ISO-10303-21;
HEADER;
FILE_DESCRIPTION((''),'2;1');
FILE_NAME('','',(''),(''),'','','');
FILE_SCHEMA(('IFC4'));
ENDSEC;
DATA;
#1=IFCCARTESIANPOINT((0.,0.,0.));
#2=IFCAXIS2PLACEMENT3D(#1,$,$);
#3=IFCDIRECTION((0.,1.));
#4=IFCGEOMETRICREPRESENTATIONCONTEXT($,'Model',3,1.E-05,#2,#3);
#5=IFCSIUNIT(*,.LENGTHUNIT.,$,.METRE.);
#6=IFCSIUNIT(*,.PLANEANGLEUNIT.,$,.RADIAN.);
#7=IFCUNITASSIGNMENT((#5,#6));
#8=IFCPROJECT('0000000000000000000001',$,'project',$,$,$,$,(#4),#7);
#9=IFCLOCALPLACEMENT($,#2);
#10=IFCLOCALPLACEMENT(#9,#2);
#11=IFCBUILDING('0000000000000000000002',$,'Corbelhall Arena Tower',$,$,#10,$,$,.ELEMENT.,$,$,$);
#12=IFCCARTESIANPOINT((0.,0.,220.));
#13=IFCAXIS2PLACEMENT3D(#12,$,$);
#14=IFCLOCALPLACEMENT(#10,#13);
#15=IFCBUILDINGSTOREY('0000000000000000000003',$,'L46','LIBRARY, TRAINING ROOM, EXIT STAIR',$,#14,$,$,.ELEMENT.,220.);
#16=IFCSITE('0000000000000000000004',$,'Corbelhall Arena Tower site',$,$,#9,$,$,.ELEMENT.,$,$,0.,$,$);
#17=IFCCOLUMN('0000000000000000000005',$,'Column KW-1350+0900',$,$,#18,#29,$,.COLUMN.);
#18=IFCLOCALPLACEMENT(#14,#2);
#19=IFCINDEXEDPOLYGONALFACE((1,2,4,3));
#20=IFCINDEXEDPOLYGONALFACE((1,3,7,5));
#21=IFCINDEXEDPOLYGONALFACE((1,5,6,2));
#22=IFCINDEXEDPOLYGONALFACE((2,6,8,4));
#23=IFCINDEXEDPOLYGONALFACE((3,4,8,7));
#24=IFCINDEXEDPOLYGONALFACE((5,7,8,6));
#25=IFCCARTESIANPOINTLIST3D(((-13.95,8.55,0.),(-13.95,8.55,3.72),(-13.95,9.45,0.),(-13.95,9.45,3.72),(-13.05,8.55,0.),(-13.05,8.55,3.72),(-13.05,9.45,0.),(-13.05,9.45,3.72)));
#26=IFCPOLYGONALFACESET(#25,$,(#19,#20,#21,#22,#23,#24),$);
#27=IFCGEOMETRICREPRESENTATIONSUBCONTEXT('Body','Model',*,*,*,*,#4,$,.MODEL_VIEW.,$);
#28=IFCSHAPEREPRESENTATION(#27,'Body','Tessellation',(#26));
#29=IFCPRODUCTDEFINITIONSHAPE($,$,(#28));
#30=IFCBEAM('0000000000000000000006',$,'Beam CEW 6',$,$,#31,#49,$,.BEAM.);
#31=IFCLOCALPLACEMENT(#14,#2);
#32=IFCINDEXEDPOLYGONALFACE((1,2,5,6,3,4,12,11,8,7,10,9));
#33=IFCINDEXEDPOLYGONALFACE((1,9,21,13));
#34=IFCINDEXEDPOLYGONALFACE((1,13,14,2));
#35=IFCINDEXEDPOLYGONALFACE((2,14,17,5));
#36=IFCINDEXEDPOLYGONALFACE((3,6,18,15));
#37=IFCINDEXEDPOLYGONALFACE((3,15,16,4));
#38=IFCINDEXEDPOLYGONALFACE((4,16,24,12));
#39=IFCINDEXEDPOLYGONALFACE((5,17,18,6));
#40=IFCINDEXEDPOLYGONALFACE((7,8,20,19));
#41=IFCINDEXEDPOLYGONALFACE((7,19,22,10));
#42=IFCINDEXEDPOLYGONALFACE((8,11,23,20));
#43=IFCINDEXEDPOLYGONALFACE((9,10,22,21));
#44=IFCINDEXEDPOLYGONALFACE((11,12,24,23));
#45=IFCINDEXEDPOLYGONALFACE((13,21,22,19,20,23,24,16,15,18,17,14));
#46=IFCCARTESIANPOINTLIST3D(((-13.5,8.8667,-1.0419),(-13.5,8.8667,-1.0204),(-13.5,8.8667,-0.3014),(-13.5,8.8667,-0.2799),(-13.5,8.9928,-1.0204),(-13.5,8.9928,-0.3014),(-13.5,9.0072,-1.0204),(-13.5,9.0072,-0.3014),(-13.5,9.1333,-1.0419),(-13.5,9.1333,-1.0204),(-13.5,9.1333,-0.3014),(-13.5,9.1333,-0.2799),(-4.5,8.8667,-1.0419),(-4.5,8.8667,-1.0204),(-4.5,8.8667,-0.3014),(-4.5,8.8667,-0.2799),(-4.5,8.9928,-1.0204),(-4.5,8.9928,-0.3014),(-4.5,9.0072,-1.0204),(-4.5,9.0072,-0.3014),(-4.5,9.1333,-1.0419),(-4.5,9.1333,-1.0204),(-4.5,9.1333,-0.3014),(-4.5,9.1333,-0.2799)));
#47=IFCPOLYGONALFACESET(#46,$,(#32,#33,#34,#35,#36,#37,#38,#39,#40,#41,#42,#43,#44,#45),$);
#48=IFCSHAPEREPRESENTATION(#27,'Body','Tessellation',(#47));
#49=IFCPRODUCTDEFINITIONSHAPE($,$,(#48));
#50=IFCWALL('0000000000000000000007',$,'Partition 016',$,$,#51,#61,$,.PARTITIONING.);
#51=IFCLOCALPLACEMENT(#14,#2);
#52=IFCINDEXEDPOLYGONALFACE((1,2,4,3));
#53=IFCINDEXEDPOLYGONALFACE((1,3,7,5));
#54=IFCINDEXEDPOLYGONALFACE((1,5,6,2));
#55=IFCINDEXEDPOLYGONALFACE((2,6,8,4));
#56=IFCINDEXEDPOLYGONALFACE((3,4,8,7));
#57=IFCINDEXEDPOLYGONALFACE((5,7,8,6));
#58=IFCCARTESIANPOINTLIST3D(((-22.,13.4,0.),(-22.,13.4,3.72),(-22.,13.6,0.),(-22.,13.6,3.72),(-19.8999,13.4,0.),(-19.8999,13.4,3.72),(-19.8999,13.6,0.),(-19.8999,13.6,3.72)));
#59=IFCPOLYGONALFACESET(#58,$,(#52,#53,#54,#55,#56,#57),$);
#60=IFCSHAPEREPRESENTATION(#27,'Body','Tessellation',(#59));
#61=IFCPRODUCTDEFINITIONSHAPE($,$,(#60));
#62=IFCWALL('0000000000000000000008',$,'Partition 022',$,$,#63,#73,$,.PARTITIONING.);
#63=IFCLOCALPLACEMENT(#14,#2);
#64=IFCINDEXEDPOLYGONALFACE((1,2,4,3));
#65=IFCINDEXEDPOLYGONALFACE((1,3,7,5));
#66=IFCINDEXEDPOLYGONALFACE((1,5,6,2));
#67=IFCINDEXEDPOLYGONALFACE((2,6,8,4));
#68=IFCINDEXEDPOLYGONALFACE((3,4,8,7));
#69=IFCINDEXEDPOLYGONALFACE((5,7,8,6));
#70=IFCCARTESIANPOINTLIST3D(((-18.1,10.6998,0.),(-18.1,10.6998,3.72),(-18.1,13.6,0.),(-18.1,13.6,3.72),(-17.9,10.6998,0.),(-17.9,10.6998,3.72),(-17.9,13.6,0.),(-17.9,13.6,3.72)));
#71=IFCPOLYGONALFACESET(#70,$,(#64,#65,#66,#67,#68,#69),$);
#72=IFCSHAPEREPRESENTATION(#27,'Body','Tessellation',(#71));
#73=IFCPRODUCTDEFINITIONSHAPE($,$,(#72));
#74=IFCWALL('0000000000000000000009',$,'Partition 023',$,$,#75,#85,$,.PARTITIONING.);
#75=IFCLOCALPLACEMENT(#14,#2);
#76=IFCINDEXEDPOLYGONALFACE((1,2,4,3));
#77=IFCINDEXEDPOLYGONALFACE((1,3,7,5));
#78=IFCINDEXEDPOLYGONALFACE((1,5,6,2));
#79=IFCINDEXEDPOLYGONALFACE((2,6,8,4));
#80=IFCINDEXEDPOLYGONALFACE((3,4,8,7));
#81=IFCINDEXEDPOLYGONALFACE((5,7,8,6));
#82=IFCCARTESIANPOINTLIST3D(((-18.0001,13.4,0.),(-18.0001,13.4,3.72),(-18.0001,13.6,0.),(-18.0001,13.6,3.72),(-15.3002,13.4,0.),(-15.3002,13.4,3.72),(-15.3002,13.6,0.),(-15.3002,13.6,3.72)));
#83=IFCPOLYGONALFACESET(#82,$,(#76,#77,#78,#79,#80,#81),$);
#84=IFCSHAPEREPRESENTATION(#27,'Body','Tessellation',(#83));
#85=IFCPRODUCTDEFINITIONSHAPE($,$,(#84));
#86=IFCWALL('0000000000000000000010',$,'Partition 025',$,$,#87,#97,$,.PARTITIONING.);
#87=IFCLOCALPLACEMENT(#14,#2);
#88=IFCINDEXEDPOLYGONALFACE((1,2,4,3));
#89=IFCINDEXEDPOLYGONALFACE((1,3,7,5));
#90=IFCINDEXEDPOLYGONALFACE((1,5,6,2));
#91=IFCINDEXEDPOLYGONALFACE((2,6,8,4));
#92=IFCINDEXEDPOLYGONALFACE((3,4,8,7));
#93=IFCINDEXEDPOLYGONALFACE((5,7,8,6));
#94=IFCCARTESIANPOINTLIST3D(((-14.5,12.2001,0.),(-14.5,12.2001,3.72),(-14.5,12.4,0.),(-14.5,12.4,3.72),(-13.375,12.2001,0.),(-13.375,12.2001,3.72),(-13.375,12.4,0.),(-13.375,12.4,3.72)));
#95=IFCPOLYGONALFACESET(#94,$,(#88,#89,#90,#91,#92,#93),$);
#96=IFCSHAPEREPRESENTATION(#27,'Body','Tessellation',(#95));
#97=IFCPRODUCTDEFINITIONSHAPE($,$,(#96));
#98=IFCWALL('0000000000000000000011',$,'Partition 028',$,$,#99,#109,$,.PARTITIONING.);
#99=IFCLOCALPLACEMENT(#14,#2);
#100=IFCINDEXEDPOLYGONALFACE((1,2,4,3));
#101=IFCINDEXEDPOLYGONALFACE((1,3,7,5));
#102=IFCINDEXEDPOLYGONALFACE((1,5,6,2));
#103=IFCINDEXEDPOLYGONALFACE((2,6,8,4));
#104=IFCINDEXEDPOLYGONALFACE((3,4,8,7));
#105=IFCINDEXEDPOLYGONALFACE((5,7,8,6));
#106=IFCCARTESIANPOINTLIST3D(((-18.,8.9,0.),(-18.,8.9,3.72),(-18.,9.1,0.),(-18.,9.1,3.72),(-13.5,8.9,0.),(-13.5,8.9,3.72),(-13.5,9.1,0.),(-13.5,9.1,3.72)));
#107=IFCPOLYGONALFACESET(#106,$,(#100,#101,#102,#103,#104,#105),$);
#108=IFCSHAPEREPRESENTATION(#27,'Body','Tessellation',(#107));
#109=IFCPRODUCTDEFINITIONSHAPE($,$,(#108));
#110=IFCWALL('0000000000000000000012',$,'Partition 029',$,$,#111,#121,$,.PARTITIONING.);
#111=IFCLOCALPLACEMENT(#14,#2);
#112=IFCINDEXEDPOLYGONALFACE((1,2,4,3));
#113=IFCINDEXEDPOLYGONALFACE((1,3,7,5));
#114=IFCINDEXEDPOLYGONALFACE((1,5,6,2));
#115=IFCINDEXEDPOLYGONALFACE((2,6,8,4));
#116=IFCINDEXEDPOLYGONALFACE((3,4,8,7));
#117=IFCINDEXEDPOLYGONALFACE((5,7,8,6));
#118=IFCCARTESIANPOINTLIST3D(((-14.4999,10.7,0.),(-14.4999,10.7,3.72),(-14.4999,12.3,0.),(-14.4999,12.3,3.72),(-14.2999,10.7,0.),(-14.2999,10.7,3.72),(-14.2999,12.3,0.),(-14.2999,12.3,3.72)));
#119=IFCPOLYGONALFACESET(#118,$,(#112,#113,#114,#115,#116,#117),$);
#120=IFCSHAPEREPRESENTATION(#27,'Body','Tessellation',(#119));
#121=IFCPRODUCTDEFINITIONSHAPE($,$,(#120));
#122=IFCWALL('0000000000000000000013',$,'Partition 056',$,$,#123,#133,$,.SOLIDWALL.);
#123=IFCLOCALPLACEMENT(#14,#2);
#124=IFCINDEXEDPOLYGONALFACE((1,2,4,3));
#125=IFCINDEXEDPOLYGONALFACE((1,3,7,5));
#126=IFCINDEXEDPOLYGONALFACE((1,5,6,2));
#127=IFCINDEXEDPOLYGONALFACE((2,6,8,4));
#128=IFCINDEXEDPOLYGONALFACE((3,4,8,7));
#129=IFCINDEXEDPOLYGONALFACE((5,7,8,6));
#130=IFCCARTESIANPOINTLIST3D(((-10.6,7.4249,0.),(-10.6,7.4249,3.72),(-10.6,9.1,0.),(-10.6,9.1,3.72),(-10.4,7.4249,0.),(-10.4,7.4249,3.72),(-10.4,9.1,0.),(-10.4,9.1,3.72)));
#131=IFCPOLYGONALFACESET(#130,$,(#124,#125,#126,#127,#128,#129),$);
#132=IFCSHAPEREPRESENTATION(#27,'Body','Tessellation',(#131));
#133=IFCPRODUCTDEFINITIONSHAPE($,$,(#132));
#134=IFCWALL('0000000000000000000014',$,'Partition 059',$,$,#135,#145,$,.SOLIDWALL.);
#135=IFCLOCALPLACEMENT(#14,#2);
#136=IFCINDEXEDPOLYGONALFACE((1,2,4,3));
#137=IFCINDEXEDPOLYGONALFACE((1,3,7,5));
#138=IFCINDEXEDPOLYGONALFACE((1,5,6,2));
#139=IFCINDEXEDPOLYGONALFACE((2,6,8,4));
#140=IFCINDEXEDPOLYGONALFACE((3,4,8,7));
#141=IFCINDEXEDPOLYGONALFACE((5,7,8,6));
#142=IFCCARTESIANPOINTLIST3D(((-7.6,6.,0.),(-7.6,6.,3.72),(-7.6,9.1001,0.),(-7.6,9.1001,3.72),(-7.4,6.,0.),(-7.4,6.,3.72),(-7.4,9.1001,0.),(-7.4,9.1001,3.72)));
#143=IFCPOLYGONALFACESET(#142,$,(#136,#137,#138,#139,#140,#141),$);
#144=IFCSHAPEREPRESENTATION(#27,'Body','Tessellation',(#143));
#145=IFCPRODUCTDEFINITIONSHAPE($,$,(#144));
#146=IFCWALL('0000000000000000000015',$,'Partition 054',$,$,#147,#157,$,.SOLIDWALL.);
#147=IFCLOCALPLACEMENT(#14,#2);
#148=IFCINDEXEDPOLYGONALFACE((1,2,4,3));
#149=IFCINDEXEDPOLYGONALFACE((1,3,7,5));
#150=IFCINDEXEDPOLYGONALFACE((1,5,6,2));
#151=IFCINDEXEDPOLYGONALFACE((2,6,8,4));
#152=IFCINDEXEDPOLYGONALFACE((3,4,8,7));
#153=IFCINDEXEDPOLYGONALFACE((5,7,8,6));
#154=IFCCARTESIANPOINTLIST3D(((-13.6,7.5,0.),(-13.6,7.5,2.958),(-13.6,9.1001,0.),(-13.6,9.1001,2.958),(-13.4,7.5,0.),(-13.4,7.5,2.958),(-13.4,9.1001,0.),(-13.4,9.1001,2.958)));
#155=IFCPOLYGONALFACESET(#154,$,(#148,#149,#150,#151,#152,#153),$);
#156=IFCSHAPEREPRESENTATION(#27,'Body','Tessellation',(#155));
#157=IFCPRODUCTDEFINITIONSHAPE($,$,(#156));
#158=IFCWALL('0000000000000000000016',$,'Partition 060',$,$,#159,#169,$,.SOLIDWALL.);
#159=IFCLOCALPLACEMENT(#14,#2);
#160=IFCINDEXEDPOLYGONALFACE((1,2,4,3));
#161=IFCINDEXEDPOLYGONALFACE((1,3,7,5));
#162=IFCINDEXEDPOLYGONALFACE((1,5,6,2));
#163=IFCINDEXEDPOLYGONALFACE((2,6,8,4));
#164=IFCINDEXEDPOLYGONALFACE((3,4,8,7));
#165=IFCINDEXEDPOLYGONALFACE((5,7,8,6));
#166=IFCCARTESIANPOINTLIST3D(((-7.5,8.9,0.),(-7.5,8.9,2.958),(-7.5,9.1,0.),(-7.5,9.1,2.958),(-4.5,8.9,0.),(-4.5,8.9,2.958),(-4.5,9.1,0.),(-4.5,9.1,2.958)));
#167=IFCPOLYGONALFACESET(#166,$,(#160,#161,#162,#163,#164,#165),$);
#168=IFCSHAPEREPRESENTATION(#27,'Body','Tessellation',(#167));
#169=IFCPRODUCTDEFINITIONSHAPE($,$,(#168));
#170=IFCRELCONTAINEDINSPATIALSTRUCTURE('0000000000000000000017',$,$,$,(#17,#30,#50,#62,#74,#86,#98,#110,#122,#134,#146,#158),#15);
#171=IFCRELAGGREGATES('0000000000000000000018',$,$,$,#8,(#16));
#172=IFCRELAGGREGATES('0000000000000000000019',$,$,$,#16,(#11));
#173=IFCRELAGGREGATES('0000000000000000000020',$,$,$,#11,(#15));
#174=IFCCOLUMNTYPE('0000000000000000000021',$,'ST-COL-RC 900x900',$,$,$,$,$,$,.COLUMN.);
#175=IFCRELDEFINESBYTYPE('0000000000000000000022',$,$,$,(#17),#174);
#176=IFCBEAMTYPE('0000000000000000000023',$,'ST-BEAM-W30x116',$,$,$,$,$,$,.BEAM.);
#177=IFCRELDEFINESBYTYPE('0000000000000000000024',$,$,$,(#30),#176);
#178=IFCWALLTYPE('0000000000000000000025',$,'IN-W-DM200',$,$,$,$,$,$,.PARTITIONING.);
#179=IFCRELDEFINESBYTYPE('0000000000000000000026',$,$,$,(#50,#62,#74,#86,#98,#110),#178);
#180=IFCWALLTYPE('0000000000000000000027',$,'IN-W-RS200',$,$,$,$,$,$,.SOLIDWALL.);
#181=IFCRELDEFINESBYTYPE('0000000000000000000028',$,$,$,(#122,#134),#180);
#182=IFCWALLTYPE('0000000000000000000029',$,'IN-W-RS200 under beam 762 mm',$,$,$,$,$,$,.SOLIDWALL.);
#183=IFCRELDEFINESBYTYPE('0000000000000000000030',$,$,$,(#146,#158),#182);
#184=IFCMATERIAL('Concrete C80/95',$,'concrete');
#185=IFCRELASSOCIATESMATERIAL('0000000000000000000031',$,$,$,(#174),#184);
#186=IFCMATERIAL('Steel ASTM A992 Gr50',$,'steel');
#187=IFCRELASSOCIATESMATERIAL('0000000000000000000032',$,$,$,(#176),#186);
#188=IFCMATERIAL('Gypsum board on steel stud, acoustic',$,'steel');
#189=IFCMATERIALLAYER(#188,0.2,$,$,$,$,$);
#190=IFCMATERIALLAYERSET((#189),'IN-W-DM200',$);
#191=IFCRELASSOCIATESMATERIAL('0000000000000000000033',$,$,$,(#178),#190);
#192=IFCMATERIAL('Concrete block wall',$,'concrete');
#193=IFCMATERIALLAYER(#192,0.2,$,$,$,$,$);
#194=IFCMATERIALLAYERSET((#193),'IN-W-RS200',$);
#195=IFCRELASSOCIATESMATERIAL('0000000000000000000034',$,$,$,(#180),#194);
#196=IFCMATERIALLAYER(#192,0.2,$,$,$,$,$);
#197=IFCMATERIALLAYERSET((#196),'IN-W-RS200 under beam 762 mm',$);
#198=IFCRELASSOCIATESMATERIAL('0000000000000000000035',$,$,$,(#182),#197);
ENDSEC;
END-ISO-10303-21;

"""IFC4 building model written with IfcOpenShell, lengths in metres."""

from ifc_helpers import new_model, si_unit, direction, frame, frame_2d, origin, origin_2d, place, context, subcontext, project, spatial, rectangle, i_section, extrude, material, layer, layer_set, material_profile, profile_set, type_object, element, save


model = new_model("IFC4")

# Units and contexts
model_context = context("Model", 3, precision=1e-05, world=origin(), true_north=direction((0.0, 1.0)))
body_context = subcontext(model_context, "Body", "Model", "MODEL_VIEW")
ifc_project = project(units=[si_unit("LENGTHUNIT", "METRE"), si_unit("PLANEANGLEUNIT", "RADIAN")], contexts=[model_context])

# Site, building, storey
site_placement = place(None, origin())
site = spatial("IfcSite", under=ifc_project, at=site_placement, Name="Corbelhall Arena Tower site", CompositionType="ELEMENT", RefElevation=0.0)
building_placement = place(site_placement, origin())
building = spatial("IfcBuilding", under=site, at=building_placement, Name="Corbelhall Arena Tower", CompositionType="ELEMENT")
storey_placement = place(building_placement, frame((0.0, 0.0, 220.0)))
storey = spatial("IfcBuildingStorey", under=building, at=storey_placement, Name="L46", Description="LIBRARY, TRAINING ROOM, EXIT STAIR", CompositionType="ELEMENT", Elevation=220.0)

# Column
ifc_material_1 = material(Name="Concrete C80/95", Category="concrete")
ifc_material_profile_1 = material_profile(ifc_material_1, rectangle(XDim=0.8999, YDim=0.8999, at=origin_2d()))
ifc_profile_set_1 = profile_set([ifc_material_profile_1], Name="Concrete C80/95")
column_type = type_object("IfcColumnType", Name="ST-COL-RC 900x900", PredefinedType="COLUMN", material=ifc_profile_set_1)
column_placement = place(storey_placement, frame((-13.5, 9.0, 0.0), z_axis=(0.0, 0.0, 1.0), x_axis=(1.0, 0.0, 0.0)))
element("IfcColumn", 1, at=column_placement, inside=storey, type_object=column_type, Name="Column KW-1350+0900", PredefinedType="COLUMN", context=body_context, shape_type="SweptSolid", body=[
    extrude(rectangle(XDim=0.8999, YDim=0.8999, at=origin_2d()), origin(), (0.0, 0.0, 1.0), 3.72),
])

# Beam
ifc_material_2 = material(Name="Steel ASTM A992 Gr50", Category="steel")
ifc_material_profile_2 = material_profile(ifc_material_2, i_section(OverallWidth=0.2666, OverallDepth=0.762, WebThickness=0.0144, FlangeThickness=0.0215, at=origin_2d()))
ifc_profile_set_2 = profile_set([ifc_material_profile_2], Name="Steel ASTM A992 Gr50")
beam_type = type_object("IfcBeamType", Name="ST-BEAM-W30x116", PredefinedType="BEAM", material=ifc_profile_set_2)
beam_placement = place(storey_placement, frame((-13.5, 9.0, -0.6609), z_axis=(1.0, 0.0, 0.0), x_axis=(0.0, 1.0, 0.0)))
element("IfcBeam", 2, at=beam_placement, inside=storey, type_object=beam_type, Name="Beam CEW 6", PredefinedType="BEAM", context=body_context, shape_type="SweptSolid", body=[
    extrude(i_section(OverallWidth=0.2666, OverallDepth=0.762, WebThickness=0.0144, FlangeThickness=0.0215, at=origin_2d()), origin(), (0.0, 0.0, 1.0), 9.0),
])

# Shared definitions
ifc_material_3 = material(Name="Gypsum board on steel stud, acoustic", Category="steel")
ifc_layer_1 = layer(ifc_material_3, 0.2)
ifc_layer_set_1 = layer_set([ifc_layer_1], Name="IN-W-DM200")
wall_type_1 = type_object("IfcWallType", Name="IN-W-DM200", PredefinedType="PARTITIONING", material=ifc_layer_set_1)

# Wall
wall_1_placement = place(storey_placement, frame((-19.8999, 13.5, 0.0), z_axis=(0.0, 0.0, 1.0), x_axis=(-1.0, 0.0, 0.0)))
element("IfcWall", 3, at=wall_1_placement, inside=storey, type_object=wall_type_1, Name="Partition 016", PredefinedType="PARTITIONING", context=body_context, shape_type="SweptSolid", body=[
    extrude(rectangle(XDim=2.1001, YDim=0.2, at=frame_2d((1.05, 0.0))), origin(), (0.0, 0.0, 1.0), 3.72),
])

# Walls
wall_2_placement = place(storey_placement, frame((-18.0, 13.6001, 0.0), z_axis=(0.0, 0.0, 1.0), x_axis=(0.0, -1.0, 0.0)))
element("IfcWall", 4, at=wall_2_placement, inside=storey, type_object=wall_type_1, Name="Partition 022", PredefinedType="PARTITIONING", context=body_context, shape_type="SweptSolid", body=[
    extrude(rectangle(XDim=2.9001, YDim=0.2, at=frame_2d((1.4502, 0.0))), origin(), (0.0, 0.0, 1.0), 3.72),
])
wall_3_placement = place(storey_placement, frame((-15.3, 13.5, 0.0), z_axis=(0.0, 0.0, 1.0), x_axis=(-1.0, 0.0, 0.0)))
element("IfcWall", 5, at=wall_3_placement, inside=storey, type_object=wall_type_1, Name="Partition 023", PredefinedType="PARTITIONING", context=body_context, shape_type="SweptSolid", body=[
    extrude(rectangle(XDim=2.7, YDim=0.2, at=frame_2d((1.3501, 0.0))), origin(), (0.0, 0.0, 1.0), 3.72),
])
wall_4_placement = place(storey_placement, frame((-14.5, 12.3, 0.0), z_axis=(0.0, 0.0, 1.0), x_axis=(1.0, 0.0, 0.0)))
element("IfcWall", 6, at=wall_4_placement, inside=storey, type_object=wall_type_1, Name="Partition 025", PredefinedType="PARTITIONING", context=body_context, shape_type="SweptSolid", body=[
    extrude(rectangle(XDim=1.125, YDim=0.2, at=frame_2d((0.5625, 0.0))), origin(), (0.0, 0.0, 1.0), 3.72),
])
wall_5_placement = place(storey_placement, frame((-13.5, 9.0, 0.0), z_axis=(0.0, 0.0, 1.0), x_axis=(-1.0, 0.0, 0.0)))
element("IfcWall", 7, at=wall_5_placement, inside=storey, type_object=wall_type_1, Name="Partition 028", PredefinedType="PARTITIONING", context=body_context, shape_type="SweptSolid", body=[
    extrude(rectangle(XDim=4.5, YDim=0.2, at=frame_2d((2.25, 0.0))), origin(), (0.0, 0.0, 1.0), 3.72),
])
wall_6_placement = place(storey_placement, frame((-14.3999, 10.7, 0.0), z_axis=(0.0, 0.0, 1.0), x_axis=(0.0, 1.0, 0.0)))
element("IfcWall", 8, at=wall_6_placement, inside=storey, type_object=wall_type_1, Name="Partition 029", PredefinedType="PARTITIONING", context=body_context, shape_type="SweptSolid", body=[
    extrude(rectangle(XDim=1.6001, YDim=0.2, at=frame_2d((0.8, 0.0))), origin(), (0.0, 0.0, 1.0), 3.72),
])
ifc_material_4 = material(Name="Concrete block wall", Category="concrete")
ifc_layer_2 = layer(ifc_material_4, 0.2)
ifc_layer_set_2 = layer_set([ifc_layer_2], Name="IN-W-RS200")
wall_type_2 = type_object("IfcWallType", Name="IN-W-RS200", PredefinedType="SOLIDWALL", material=ifc_layer_set_2)
wall_7_placement = place(storey_placement, frame((-10.5, 7.425, 0.0), z_axis=(0.0, 0.0, 1.0), x_axis=(0.0, 1.0, 0.0)))
element("IfcWall", 9, at=wall_7_placement, inside=storey, type_object=wall_type_2, Name="Partition 056", PredefinedType="SOLIDWALL", context=body_context, shape_type="SweptSolid", body=[
    extrude(rectangle(XDim=1.675, YDim=0.2, at=frame_2d((0.8374, 0.0))), origin(), (0.0, 0.0, 1.0), 3.72),
])
wall_8_placement = place(storey_placement, frame((-7.5, 6.0, 0.0), z_axis=(0.0, 0.0, 1.0), x_axis=(0.0, 1.0, 0.0)))
element("IfcWall", 10, at=wall_8_placement, inside=storey, type_object=wall_type_2, Name="Partition 059", PredefinedType="SOLIDWALL", context=body_context, shape_type="SweptSolid", body=[
    extrude(rectangle(XDim=3.1001, YDim=0.2, at=frame_2d((1.55, 0.0))), origin(), (0.0, 0.0, 1.0), 3.72),
])

# Shared definitions
ifc_layer_3 = layer(ifc_material_4, 0.2)
ifc_layer_set_3 = layer_set([ifc_layer_3], Name="IN-W-RS200 under beam 762 mm")
wall_type_3 = type_object("IfcWallType", Name="IN-W-RS200 under beam 762 mm", PredefinedType="SOLIDWALL", material=ifc_layer_set_3)

# Walls
wall_9_placement = place(storey_placement, frame((-13.5, 7.5, 0.0), z_axis=(0.0, 0.0, 1.0), x_axis=(0.0, 1.0, 0.0)))
element("IfcWall", 11, at=wall_9_placement, inside=storey, type_object=wall_type_3, Name="Partition 054", PredefinedType="SOLIDWALL", context=body_context, shape_type="SweptSolid", body=[
    extrude(rectangle(XDim=1.6001, YDim=0.2, at=frame_2d((0.8, 0.0))), origin(), (0.0, 0.0, 1.0), 2.958),
])
wall_10_placement = place(storey_placement, frame((-7.5, 9.0, 0.0), z_axis=(0.0, 0.0, 1.0), x_axis=(1.0, 0.0, 0.0)))
element("IfcWall", 12, at=wall_10_placement, inside=storey, type_object=wall_type_3, Name="Partition 060", PredefinedType="SOLIDWALL", context=body_context, shape_type="SweptSolid", body=[
    extrude(rectangle(XDim=3.0, YDim=0.2, at=frame_2d((1.5, 0.0))), origin(), (0.0, 0.0, 1.0), 2.958),
])

save(model, "model.ifc")
